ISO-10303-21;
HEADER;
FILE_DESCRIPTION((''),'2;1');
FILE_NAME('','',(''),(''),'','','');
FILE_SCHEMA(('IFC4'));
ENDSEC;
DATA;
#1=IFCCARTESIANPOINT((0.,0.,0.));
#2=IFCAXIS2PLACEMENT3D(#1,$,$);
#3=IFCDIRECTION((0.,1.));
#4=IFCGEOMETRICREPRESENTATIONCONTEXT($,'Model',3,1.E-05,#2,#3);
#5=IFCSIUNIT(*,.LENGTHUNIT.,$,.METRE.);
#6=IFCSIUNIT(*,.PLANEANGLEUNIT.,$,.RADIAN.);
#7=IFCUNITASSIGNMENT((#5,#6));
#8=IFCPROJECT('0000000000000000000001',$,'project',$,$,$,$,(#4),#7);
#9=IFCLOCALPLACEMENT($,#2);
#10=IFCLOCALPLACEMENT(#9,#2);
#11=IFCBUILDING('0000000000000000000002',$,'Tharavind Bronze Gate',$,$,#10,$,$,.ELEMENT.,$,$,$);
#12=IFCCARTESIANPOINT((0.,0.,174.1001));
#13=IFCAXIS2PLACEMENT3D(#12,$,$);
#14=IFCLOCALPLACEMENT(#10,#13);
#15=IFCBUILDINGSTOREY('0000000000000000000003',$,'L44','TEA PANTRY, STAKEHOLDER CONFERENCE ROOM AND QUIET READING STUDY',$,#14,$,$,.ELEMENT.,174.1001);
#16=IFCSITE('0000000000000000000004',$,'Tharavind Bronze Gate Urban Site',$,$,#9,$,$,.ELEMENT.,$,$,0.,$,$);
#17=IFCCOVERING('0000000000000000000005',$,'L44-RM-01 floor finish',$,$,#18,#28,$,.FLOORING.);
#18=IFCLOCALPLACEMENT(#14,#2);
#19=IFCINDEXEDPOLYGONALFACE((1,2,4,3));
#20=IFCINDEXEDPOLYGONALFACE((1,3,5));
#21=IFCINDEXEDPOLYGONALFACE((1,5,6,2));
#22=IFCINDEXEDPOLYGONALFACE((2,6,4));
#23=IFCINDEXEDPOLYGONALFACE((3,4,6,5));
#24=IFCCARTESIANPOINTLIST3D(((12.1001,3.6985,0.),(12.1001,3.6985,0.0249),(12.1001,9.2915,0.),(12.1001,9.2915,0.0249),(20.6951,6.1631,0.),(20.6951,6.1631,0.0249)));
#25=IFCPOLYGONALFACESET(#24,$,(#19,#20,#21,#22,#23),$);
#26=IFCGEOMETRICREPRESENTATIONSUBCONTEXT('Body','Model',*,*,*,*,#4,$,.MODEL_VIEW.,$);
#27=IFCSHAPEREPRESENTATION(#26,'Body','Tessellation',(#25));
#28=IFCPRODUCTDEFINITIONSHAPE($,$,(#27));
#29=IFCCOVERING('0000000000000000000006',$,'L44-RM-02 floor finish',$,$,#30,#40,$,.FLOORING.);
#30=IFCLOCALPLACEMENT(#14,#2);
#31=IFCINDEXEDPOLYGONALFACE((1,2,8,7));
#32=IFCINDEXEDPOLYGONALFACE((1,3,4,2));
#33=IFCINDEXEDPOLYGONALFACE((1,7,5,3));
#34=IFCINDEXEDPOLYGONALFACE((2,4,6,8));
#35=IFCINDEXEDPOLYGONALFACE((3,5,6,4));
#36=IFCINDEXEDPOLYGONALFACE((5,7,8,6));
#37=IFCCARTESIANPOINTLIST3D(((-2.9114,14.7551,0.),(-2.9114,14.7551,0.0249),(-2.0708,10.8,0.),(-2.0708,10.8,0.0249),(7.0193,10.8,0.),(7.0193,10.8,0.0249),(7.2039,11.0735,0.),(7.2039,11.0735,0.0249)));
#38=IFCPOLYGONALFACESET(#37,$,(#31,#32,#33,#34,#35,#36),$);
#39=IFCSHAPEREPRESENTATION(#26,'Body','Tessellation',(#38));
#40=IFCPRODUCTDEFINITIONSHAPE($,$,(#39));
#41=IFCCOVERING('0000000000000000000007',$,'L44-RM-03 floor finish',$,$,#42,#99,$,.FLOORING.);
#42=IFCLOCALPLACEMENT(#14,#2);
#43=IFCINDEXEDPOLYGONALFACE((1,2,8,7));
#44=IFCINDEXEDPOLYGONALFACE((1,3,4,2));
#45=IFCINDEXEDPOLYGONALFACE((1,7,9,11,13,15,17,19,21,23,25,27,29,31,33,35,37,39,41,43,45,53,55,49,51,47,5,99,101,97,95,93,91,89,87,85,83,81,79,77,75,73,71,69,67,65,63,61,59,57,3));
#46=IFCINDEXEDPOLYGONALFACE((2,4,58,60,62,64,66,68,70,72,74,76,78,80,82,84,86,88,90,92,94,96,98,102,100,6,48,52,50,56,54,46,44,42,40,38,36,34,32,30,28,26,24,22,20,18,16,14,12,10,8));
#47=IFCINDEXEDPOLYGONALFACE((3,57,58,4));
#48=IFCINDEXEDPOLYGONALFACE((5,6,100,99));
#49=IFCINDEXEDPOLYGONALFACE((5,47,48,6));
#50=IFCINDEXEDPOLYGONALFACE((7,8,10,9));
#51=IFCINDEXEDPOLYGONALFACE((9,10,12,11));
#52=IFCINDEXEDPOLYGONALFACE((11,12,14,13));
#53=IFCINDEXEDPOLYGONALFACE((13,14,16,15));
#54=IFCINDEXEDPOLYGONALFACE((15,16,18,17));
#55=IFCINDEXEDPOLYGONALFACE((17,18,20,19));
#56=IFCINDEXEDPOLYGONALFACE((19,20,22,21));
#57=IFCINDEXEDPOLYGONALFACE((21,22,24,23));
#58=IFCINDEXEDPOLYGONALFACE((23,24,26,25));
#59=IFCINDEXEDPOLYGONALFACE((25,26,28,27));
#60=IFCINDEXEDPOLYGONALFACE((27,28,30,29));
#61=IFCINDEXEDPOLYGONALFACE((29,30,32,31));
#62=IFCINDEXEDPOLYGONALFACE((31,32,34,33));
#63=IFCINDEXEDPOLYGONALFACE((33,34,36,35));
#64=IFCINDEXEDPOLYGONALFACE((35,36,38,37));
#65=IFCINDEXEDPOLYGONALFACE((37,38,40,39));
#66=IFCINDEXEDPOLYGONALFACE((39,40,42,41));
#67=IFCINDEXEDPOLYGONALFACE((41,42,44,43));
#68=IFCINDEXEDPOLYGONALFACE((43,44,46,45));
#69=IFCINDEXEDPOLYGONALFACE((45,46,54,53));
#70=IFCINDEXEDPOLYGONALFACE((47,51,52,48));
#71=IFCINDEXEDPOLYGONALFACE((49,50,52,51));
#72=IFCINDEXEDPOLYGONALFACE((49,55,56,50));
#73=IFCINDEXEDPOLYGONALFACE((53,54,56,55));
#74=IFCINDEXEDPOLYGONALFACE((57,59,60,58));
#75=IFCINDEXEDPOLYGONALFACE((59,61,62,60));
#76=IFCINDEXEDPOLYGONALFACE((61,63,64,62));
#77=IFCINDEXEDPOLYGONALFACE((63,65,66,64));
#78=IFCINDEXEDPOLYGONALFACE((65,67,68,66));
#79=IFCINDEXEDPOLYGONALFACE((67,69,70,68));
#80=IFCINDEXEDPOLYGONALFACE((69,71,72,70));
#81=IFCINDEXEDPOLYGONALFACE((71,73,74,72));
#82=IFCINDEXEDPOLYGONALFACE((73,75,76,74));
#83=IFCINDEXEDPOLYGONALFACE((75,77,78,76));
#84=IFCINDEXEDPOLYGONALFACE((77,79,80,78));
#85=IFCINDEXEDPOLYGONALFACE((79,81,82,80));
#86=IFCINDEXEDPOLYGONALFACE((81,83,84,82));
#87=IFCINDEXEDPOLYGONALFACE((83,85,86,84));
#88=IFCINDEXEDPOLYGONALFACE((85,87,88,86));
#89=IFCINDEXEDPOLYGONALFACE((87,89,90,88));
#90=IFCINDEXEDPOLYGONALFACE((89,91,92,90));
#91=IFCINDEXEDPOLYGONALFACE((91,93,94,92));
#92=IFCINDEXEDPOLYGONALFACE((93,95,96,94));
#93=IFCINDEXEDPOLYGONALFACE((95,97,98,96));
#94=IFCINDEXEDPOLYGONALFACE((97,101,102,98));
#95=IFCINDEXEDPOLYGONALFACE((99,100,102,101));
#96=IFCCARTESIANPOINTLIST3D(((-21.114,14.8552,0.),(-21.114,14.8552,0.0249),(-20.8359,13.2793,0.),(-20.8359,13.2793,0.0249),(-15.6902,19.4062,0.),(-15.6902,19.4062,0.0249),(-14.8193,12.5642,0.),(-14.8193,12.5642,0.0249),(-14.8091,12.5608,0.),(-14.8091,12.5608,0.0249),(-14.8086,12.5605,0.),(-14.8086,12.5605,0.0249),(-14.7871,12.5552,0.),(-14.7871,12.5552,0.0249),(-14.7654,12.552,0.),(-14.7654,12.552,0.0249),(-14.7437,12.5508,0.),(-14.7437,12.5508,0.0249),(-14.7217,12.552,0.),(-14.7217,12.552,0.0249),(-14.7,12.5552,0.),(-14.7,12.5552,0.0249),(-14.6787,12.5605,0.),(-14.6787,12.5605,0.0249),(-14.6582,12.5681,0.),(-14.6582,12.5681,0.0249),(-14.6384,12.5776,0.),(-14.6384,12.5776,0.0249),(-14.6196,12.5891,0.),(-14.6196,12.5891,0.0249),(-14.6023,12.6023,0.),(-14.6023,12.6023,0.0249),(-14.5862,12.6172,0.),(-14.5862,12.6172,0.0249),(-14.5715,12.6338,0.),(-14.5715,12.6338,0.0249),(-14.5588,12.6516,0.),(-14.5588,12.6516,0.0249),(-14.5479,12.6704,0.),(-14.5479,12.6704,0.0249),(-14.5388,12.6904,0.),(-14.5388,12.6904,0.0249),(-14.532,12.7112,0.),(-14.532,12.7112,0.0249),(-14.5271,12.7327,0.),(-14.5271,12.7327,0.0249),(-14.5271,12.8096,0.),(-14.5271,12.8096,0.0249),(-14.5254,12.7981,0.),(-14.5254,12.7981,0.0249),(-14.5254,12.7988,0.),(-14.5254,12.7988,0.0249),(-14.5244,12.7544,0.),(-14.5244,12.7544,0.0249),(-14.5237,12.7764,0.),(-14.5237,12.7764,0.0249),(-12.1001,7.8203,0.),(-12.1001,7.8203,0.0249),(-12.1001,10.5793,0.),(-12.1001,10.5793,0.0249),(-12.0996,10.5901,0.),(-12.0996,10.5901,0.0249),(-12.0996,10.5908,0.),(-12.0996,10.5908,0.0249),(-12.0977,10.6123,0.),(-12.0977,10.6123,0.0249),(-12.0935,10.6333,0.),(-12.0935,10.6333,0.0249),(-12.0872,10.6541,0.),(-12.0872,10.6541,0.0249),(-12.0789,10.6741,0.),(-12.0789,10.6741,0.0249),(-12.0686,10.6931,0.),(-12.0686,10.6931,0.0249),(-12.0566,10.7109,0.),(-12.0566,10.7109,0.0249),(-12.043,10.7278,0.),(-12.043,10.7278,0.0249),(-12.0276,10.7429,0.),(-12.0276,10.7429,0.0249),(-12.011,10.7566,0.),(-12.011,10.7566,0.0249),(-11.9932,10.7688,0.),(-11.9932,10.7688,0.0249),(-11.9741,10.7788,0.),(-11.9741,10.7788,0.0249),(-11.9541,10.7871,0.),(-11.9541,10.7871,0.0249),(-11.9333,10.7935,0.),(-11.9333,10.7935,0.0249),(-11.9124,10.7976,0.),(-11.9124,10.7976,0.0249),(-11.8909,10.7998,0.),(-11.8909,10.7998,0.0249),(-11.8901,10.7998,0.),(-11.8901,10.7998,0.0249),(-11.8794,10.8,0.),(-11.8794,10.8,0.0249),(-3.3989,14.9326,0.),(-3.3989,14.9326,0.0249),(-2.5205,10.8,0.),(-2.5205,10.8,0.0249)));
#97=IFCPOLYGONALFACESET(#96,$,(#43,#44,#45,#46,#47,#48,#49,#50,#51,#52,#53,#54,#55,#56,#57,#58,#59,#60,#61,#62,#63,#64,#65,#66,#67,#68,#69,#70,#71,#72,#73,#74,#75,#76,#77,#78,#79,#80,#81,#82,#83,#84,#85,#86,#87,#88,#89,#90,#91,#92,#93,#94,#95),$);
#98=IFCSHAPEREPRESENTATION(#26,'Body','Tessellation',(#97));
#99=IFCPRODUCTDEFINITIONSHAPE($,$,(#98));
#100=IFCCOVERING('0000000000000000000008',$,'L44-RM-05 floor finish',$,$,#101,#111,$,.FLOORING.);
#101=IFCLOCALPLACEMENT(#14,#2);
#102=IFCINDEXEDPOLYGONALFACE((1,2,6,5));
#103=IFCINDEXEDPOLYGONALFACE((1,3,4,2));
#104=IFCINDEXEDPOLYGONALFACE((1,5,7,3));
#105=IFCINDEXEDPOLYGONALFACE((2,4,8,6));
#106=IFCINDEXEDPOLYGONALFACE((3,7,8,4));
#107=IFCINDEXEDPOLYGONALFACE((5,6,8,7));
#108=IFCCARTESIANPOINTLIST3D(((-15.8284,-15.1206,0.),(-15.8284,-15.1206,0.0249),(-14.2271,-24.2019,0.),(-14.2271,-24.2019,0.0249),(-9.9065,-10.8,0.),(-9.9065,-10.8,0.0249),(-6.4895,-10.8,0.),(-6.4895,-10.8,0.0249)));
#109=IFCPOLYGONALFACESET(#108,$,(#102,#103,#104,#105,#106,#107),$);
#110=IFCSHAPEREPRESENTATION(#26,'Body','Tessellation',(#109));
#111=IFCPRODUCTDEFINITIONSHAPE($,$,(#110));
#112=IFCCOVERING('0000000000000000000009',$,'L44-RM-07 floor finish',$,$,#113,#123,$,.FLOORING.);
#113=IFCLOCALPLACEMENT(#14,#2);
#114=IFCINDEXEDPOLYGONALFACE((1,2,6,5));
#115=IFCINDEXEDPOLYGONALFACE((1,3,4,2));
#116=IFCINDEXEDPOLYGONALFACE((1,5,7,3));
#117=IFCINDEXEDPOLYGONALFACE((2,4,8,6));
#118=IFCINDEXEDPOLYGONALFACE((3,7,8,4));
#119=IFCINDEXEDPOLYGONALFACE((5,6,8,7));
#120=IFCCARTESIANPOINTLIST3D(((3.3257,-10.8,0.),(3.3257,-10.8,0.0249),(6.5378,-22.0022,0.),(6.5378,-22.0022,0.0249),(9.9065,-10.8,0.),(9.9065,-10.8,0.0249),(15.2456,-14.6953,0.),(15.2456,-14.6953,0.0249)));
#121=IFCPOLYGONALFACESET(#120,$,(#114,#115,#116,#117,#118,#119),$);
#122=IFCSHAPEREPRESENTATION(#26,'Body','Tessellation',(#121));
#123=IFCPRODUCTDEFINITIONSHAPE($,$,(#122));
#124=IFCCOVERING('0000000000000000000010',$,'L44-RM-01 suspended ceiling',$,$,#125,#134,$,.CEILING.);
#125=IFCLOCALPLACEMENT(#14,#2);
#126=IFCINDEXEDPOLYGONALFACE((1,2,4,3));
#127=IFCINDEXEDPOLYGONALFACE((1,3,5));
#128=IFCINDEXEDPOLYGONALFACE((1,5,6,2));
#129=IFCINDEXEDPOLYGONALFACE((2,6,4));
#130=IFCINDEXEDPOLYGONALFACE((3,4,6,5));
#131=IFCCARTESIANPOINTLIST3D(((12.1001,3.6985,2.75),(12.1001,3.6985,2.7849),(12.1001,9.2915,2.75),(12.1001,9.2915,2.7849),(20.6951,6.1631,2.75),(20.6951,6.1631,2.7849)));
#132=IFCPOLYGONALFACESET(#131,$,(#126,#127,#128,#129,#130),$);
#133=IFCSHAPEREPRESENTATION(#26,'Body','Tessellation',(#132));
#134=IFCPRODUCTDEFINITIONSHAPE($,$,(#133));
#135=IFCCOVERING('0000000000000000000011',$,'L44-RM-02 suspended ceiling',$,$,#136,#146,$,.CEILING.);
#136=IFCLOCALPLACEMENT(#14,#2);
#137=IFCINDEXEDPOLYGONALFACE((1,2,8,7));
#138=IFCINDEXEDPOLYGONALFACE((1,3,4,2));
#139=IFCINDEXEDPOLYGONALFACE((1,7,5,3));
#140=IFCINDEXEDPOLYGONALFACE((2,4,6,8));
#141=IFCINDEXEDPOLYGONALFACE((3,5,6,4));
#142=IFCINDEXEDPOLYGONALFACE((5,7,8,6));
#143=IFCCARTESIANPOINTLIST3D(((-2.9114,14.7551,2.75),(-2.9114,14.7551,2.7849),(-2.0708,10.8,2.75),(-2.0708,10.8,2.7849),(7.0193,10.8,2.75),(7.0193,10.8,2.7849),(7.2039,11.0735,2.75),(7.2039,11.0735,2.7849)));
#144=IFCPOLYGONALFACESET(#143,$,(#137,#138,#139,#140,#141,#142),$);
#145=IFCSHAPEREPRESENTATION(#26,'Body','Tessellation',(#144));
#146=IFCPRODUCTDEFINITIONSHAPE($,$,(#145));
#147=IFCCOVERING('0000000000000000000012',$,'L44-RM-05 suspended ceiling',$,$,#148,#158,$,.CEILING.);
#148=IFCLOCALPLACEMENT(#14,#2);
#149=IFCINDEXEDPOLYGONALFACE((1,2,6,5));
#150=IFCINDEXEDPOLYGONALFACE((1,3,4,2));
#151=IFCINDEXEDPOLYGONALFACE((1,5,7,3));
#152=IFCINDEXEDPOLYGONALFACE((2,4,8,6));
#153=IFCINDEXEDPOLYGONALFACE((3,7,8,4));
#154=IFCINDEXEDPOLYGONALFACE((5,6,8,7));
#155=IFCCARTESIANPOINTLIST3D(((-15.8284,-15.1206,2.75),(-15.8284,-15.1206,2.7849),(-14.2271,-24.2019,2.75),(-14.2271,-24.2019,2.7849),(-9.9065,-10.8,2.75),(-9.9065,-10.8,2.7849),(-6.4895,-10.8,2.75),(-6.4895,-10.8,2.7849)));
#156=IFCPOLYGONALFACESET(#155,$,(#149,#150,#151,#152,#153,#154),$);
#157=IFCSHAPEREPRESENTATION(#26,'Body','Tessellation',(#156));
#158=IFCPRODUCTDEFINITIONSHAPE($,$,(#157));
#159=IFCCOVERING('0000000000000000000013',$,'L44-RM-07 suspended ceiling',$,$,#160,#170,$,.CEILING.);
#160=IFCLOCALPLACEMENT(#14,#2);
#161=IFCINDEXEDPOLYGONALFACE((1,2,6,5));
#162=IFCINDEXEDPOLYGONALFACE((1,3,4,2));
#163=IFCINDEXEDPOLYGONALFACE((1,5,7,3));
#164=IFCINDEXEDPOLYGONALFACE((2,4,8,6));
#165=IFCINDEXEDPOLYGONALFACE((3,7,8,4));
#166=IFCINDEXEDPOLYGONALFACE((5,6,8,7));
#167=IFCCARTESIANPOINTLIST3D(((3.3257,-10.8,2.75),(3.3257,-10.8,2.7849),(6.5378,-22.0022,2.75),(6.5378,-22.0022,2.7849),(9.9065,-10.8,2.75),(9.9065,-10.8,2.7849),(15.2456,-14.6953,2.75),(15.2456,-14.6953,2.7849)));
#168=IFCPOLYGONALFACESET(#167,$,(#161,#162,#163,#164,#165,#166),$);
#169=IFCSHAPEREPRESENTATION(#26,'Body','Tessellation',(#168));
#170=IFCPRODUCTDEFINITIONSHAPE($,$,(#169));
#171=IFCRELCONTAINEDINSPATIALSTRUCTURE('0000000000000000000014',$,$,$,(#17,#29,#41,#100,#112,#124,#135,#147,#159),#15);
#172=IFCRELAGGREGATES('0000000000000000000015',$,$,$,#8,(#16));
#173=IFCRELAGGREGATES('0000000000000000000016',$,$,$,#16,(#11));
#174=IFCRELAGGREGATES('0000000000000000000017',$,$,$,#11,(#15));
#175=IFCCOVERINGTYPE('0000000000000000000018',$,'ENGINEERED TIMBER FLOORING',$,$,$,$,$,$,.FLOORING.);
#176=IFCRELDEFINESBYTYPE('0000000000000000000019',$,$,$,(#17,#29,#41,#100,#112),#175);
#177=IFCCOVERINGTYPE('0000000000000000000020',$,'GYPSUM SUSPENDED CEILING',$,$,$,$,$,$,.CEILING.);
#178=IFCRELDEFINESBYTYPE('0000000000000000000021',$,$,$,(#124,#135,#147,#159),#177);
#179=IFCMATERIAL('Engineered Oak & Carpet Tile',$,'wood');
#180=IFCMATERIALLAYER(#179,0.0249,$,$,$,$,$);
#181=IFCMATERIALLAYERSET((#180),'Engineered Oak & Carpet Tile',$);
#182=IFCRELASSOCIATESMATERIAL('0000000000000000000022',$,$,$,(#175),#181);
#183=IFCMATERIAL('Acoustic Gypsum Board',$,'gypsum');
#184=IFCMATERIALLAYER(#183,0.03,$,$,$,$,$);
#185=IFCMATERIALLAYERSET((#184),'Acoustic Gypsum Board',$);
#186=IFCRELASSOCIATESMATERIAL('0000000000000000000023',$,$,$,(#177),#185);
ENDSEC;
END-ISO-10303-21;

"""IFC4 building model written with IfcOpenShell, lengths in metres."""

from ifc_helpers import new_model, si_unit, direction, frame, origin, place, context, subcontext, project, spatial, polyline, outline, extrude, material, layer, layer_set, type_object, element, save


model = new_model("IFC4")

# Units and contexts
model_context = context("Model", 3, precision=1e-05, world=origin(), true_north=direction((0.0, 1.0)))
body_context = subcontext(model_context, "Body", "Model", "MODEL_VIEW")
ifc_project = project(units=[si_unit("LENGTHUNIT", "METRE"), si_unit("PLANEANGLEUNIT", "RADIAN")], contexts=[model_context])

# Site, building, storey
site_placement = place(None, origin())
site = spatial("IfcSite", under=ifc_project, at=site_placement, Name="Tharavind Bronze Gate Urban Site", CompositionType="ELEMENT", RefElevation=0.0)
building_placement = place(site_placement, origin())
building = spatial("IfcBuilding", under=site, at=building_placement, Name="Tharavind Bronze Gate", CompositionType="ELEMENT")
storey_placement = place(building_placement, frame((0.0, 0.0, 174.1001)))
storey = spatial("IfcBuildingStorey", under=building, at=storey_placement, Name="L44", Description="TEA PANTRY, STAKEHOLDER CONFERENCE ROOM AND QUIET READING STUDY", CompositionType="ELEMENT", Elevation=174.1001)

# Coverings
ifc_material_1 = material(Name="Engineered Oak & Carpet Tile", Category="wood")
ifc_layer_1 = layer(ifc_material_1, 0.0249)
ifc_layer_set_1 = layer_set([ifc_layer_1], Name="Engineered Oak & Carpet Tile")
covering_type_1 = type_object("IfcCoveringType", Name="ENGINEERED TIMBER FLOORING", PredefinedType="FLOORING", material=ifc_layer_set_1)
covering_1_placement = place(storey_placement, origin())
element("IfcCovering", 1, at=covering_1_placement, inside=storey, type_object=covering_type_1, Name="L44-RM-01 floor finish", PredefinedType="FLOORING", context=body_context, shape_type="SweptSolid", body=[
    extrude(outline(polyline([(12.1001, 3.6985), (20.6951, 6.1631), (12.1001, 9.2915), (12.1001, 3.6985)])), origin(), (0.0, 0.0, 1.0), 0.0249),
])
covering_2_placement = place(storey_placement, origin())
element("IfcCovering", 2, at=covering_2_placement, inside=storey, type_object=covering_type_1, Name="L44-RM-02 floor finish", PredefinedType="FLOORING", context=body_context, shape_type="SweptSolid", body=[
    extrude(outline(polyline([(-2.0708, 10.8), (7.0193, 10.8), (7.2039, 11.0735), (-2.9114, 14.7551), (-2.0708, 10.8)])), origin(), (0.0, 0.0, 1.0), 0.0249),
])
covering_3_placement = place(storey_placement, origin())
element("IfcCovering", 3, at=covering_3_placement, inside=storey, type_object=covering_type_1, Name="L44-RM-03 floor finish", PredefinedType="FLOORING", context=body_context, shape_type="SweptSolid", body=[
    extrude(outline(polyline([(-20.8359, 13.2793), (-12.1001, 7.8203), (-12.1001, 10.5793), (-12.0996, 10.5901), (-12.0996, 10.5908), (-12.0977, 10.6123), (-12.0935, 10.6333), (-12.0872, 10.6541), (-12.0789, 10.6741), (-12.0686, 10.6931), (-12.0566, 10.7109), (-12.043, 10.7278), (-12.0276, 10.7429), (-12.011, 10.7566), (-11.9932, 10.7688), (-11.9741, 10.7788), (-11.9541, 10.7871), (-11.9333, 10.7935), (-11.9124, 10.7976), (-11.8909, 10.7998), (-11.8901, 10.7998), (-11.8794, 10.8), (-2.5205, 10.8), (-3.3989, 14.9326), (-15.6902, 19.4062), (-14.5271, 12.8096), (-14.5254, 12.7988), (-14.5254, 12.7981), (-14.5237, 12.7764), (-14.5244, 12.7544), (-14.5271, 12.7327), (-14.532, 12.7112), (-14.5388, 12.6904), (-14.5479, 12.6704), (-14.5588, 12.6516), (-14.5715, 12.6338), (-14.5862, 12.6172), (-14.6023, 12.6023), (-14.6196, 12.5891), (-14.6384, 12.5776), (-14.6582, 12.5681), (-14.6787, 12.5605), (-14.7, 12.5552), (-14.7217, 12.552), (-14.7437, 12.5508), (-14.7654, 12.552), (-14.7871, 12.5552), (-14.8086, 12.5605), (-14.8091, 12.5608), (-14.8193, 12.5642), (-21.114, 14.8552), (-20.8359, 13.2793)])), origin(), (0.0, 0.0, 1.0), 0.0249),
])
covering_4_placement = place(storey_placement, origin())
element("IfcCovering", 4, at=covering_4_placement, inside=storey, type_object=covering_type_1, Name="L44-RM-05 floor finish", PredefinedType="FLOORING", context=body_context, shape_type="SweptSolid", body=[
    extrude(outline(polyline([(-14.2271, -24.2019), (-6.4895, -10.8), (-9.9065, -10.8), (-15.8284, -15.1206), (-14.2271, -24.2019)])), origin(), (0.0, 0.0, 1.0), 0.0249),
])
covering_5_placement = place(storey_placement, origin())
element("IfcCovering", 5, at=covering_5_placement, inside=storey, type_object=covering_type_1, Name="L44-RM-07 floor finish", PredefinedType="FLOORING", context=body_context, shape_type="SweptSolid", body=[
    extrude(outline(polyline([(6.5378, -22.0022), (15.2456, -14.6953), (9.9065, -10.8), (3.3257, -10.8), (6.5378, -22.0022)])), origin(), (0.0, 0.0, 1.0), 0.0249),
])
ifc_material_2 = material(Name="Acoustic Gypsum Board", Category="gypsum")
ifc_layer_2 = layer(ifc_material_2, 0.03)
ifc_layer_set_2 = layer_set([ifc_layer_2], Name="Acoustic Gypsum Board")
covering_type_2 = type_object("IfcCoveringType", Name="GYPSUM SUSPENDED CEILING", PredefinedType="CEILING", material=ifc_layer_set_2)
covering_6_placement = place(storey_placement, frame((0.0, 0.0, 2.75)))
element("IfcCovering", 6, at=covering_6_placement, inside=storey, type_object=covering_type_2, Name="L44-RM-01 suspended ceiling", PredefinedType="CEILING", context=body_context, shape_type="SweptSolid", body=[
    extrude(outline(polyline([(12.1001, 3.6985), (20.6951, 6.1631), (12.1001, 9.2915), (12.1001, 3.6985)])), origin(), (0.0, 0.0, 1.0), 0.0349),
])
covering_7_placement = place(storey_placement, frame((0.0, 0.0, 2.75)))
element("IfcCovering", 7, at=covering_7_placement, inside=storey, type_object=covering_type_2, Name="L44-RM-02 suspended ceiling", PredefinedType="CEILING", context=body_context, shape_type="SweptSolid", body=[
    extrude(outline(polyline([(-2.0708, 10.8), (7.0193, 10.8), (7.2039, 11.0735), (-2.9114, 14.7551), (-2.0708, 10.8)])), origin(), (0.0, 0.0, 1.0), 0.0349),
])
covering_8_placement = place(storey_placement, frame((0.0, 0.0, 2.75)))
element("IfcCovering", 8, at=covering_8_placement, inside=storey, type_object=covering_type_2, Name="L44-RM-05 suspended ceiling", PredefinedType="CEILING", context=body_context, shape_type="SweptSolid", body=[
    extrude(outline(polyline([(-14.2271, -24.2019), (-6.4895, -10.8), (-9.9065, -10.8), (-15.8284, -15.1206), (-14.2271, -24.2019)])), origin(), (0.0, 0.0, 1.0), 0.0349),
])
covering_9_placement = place(storey_placement, frame((0.0, 0.0, 2.75)))
element("IfcCovering", 9, at=covering_9_placement, inside=storey, type_object=covering_type_2, Name="L44-RM-07 suspended ceiling", PredefinedType="CEILING", context=body_context, shape_type="SweptSolid", body=[
    extrude(outline(polyline([(6.5378, -22.0022), (15.2456, -14.6953), (9.9065, -10.8), (3.3257, -10.8), (6.5378, -22.0022)])), origin(), (0.0, 0.0, 1.0), 0.0349),
])

save(model, "model.ifc")
